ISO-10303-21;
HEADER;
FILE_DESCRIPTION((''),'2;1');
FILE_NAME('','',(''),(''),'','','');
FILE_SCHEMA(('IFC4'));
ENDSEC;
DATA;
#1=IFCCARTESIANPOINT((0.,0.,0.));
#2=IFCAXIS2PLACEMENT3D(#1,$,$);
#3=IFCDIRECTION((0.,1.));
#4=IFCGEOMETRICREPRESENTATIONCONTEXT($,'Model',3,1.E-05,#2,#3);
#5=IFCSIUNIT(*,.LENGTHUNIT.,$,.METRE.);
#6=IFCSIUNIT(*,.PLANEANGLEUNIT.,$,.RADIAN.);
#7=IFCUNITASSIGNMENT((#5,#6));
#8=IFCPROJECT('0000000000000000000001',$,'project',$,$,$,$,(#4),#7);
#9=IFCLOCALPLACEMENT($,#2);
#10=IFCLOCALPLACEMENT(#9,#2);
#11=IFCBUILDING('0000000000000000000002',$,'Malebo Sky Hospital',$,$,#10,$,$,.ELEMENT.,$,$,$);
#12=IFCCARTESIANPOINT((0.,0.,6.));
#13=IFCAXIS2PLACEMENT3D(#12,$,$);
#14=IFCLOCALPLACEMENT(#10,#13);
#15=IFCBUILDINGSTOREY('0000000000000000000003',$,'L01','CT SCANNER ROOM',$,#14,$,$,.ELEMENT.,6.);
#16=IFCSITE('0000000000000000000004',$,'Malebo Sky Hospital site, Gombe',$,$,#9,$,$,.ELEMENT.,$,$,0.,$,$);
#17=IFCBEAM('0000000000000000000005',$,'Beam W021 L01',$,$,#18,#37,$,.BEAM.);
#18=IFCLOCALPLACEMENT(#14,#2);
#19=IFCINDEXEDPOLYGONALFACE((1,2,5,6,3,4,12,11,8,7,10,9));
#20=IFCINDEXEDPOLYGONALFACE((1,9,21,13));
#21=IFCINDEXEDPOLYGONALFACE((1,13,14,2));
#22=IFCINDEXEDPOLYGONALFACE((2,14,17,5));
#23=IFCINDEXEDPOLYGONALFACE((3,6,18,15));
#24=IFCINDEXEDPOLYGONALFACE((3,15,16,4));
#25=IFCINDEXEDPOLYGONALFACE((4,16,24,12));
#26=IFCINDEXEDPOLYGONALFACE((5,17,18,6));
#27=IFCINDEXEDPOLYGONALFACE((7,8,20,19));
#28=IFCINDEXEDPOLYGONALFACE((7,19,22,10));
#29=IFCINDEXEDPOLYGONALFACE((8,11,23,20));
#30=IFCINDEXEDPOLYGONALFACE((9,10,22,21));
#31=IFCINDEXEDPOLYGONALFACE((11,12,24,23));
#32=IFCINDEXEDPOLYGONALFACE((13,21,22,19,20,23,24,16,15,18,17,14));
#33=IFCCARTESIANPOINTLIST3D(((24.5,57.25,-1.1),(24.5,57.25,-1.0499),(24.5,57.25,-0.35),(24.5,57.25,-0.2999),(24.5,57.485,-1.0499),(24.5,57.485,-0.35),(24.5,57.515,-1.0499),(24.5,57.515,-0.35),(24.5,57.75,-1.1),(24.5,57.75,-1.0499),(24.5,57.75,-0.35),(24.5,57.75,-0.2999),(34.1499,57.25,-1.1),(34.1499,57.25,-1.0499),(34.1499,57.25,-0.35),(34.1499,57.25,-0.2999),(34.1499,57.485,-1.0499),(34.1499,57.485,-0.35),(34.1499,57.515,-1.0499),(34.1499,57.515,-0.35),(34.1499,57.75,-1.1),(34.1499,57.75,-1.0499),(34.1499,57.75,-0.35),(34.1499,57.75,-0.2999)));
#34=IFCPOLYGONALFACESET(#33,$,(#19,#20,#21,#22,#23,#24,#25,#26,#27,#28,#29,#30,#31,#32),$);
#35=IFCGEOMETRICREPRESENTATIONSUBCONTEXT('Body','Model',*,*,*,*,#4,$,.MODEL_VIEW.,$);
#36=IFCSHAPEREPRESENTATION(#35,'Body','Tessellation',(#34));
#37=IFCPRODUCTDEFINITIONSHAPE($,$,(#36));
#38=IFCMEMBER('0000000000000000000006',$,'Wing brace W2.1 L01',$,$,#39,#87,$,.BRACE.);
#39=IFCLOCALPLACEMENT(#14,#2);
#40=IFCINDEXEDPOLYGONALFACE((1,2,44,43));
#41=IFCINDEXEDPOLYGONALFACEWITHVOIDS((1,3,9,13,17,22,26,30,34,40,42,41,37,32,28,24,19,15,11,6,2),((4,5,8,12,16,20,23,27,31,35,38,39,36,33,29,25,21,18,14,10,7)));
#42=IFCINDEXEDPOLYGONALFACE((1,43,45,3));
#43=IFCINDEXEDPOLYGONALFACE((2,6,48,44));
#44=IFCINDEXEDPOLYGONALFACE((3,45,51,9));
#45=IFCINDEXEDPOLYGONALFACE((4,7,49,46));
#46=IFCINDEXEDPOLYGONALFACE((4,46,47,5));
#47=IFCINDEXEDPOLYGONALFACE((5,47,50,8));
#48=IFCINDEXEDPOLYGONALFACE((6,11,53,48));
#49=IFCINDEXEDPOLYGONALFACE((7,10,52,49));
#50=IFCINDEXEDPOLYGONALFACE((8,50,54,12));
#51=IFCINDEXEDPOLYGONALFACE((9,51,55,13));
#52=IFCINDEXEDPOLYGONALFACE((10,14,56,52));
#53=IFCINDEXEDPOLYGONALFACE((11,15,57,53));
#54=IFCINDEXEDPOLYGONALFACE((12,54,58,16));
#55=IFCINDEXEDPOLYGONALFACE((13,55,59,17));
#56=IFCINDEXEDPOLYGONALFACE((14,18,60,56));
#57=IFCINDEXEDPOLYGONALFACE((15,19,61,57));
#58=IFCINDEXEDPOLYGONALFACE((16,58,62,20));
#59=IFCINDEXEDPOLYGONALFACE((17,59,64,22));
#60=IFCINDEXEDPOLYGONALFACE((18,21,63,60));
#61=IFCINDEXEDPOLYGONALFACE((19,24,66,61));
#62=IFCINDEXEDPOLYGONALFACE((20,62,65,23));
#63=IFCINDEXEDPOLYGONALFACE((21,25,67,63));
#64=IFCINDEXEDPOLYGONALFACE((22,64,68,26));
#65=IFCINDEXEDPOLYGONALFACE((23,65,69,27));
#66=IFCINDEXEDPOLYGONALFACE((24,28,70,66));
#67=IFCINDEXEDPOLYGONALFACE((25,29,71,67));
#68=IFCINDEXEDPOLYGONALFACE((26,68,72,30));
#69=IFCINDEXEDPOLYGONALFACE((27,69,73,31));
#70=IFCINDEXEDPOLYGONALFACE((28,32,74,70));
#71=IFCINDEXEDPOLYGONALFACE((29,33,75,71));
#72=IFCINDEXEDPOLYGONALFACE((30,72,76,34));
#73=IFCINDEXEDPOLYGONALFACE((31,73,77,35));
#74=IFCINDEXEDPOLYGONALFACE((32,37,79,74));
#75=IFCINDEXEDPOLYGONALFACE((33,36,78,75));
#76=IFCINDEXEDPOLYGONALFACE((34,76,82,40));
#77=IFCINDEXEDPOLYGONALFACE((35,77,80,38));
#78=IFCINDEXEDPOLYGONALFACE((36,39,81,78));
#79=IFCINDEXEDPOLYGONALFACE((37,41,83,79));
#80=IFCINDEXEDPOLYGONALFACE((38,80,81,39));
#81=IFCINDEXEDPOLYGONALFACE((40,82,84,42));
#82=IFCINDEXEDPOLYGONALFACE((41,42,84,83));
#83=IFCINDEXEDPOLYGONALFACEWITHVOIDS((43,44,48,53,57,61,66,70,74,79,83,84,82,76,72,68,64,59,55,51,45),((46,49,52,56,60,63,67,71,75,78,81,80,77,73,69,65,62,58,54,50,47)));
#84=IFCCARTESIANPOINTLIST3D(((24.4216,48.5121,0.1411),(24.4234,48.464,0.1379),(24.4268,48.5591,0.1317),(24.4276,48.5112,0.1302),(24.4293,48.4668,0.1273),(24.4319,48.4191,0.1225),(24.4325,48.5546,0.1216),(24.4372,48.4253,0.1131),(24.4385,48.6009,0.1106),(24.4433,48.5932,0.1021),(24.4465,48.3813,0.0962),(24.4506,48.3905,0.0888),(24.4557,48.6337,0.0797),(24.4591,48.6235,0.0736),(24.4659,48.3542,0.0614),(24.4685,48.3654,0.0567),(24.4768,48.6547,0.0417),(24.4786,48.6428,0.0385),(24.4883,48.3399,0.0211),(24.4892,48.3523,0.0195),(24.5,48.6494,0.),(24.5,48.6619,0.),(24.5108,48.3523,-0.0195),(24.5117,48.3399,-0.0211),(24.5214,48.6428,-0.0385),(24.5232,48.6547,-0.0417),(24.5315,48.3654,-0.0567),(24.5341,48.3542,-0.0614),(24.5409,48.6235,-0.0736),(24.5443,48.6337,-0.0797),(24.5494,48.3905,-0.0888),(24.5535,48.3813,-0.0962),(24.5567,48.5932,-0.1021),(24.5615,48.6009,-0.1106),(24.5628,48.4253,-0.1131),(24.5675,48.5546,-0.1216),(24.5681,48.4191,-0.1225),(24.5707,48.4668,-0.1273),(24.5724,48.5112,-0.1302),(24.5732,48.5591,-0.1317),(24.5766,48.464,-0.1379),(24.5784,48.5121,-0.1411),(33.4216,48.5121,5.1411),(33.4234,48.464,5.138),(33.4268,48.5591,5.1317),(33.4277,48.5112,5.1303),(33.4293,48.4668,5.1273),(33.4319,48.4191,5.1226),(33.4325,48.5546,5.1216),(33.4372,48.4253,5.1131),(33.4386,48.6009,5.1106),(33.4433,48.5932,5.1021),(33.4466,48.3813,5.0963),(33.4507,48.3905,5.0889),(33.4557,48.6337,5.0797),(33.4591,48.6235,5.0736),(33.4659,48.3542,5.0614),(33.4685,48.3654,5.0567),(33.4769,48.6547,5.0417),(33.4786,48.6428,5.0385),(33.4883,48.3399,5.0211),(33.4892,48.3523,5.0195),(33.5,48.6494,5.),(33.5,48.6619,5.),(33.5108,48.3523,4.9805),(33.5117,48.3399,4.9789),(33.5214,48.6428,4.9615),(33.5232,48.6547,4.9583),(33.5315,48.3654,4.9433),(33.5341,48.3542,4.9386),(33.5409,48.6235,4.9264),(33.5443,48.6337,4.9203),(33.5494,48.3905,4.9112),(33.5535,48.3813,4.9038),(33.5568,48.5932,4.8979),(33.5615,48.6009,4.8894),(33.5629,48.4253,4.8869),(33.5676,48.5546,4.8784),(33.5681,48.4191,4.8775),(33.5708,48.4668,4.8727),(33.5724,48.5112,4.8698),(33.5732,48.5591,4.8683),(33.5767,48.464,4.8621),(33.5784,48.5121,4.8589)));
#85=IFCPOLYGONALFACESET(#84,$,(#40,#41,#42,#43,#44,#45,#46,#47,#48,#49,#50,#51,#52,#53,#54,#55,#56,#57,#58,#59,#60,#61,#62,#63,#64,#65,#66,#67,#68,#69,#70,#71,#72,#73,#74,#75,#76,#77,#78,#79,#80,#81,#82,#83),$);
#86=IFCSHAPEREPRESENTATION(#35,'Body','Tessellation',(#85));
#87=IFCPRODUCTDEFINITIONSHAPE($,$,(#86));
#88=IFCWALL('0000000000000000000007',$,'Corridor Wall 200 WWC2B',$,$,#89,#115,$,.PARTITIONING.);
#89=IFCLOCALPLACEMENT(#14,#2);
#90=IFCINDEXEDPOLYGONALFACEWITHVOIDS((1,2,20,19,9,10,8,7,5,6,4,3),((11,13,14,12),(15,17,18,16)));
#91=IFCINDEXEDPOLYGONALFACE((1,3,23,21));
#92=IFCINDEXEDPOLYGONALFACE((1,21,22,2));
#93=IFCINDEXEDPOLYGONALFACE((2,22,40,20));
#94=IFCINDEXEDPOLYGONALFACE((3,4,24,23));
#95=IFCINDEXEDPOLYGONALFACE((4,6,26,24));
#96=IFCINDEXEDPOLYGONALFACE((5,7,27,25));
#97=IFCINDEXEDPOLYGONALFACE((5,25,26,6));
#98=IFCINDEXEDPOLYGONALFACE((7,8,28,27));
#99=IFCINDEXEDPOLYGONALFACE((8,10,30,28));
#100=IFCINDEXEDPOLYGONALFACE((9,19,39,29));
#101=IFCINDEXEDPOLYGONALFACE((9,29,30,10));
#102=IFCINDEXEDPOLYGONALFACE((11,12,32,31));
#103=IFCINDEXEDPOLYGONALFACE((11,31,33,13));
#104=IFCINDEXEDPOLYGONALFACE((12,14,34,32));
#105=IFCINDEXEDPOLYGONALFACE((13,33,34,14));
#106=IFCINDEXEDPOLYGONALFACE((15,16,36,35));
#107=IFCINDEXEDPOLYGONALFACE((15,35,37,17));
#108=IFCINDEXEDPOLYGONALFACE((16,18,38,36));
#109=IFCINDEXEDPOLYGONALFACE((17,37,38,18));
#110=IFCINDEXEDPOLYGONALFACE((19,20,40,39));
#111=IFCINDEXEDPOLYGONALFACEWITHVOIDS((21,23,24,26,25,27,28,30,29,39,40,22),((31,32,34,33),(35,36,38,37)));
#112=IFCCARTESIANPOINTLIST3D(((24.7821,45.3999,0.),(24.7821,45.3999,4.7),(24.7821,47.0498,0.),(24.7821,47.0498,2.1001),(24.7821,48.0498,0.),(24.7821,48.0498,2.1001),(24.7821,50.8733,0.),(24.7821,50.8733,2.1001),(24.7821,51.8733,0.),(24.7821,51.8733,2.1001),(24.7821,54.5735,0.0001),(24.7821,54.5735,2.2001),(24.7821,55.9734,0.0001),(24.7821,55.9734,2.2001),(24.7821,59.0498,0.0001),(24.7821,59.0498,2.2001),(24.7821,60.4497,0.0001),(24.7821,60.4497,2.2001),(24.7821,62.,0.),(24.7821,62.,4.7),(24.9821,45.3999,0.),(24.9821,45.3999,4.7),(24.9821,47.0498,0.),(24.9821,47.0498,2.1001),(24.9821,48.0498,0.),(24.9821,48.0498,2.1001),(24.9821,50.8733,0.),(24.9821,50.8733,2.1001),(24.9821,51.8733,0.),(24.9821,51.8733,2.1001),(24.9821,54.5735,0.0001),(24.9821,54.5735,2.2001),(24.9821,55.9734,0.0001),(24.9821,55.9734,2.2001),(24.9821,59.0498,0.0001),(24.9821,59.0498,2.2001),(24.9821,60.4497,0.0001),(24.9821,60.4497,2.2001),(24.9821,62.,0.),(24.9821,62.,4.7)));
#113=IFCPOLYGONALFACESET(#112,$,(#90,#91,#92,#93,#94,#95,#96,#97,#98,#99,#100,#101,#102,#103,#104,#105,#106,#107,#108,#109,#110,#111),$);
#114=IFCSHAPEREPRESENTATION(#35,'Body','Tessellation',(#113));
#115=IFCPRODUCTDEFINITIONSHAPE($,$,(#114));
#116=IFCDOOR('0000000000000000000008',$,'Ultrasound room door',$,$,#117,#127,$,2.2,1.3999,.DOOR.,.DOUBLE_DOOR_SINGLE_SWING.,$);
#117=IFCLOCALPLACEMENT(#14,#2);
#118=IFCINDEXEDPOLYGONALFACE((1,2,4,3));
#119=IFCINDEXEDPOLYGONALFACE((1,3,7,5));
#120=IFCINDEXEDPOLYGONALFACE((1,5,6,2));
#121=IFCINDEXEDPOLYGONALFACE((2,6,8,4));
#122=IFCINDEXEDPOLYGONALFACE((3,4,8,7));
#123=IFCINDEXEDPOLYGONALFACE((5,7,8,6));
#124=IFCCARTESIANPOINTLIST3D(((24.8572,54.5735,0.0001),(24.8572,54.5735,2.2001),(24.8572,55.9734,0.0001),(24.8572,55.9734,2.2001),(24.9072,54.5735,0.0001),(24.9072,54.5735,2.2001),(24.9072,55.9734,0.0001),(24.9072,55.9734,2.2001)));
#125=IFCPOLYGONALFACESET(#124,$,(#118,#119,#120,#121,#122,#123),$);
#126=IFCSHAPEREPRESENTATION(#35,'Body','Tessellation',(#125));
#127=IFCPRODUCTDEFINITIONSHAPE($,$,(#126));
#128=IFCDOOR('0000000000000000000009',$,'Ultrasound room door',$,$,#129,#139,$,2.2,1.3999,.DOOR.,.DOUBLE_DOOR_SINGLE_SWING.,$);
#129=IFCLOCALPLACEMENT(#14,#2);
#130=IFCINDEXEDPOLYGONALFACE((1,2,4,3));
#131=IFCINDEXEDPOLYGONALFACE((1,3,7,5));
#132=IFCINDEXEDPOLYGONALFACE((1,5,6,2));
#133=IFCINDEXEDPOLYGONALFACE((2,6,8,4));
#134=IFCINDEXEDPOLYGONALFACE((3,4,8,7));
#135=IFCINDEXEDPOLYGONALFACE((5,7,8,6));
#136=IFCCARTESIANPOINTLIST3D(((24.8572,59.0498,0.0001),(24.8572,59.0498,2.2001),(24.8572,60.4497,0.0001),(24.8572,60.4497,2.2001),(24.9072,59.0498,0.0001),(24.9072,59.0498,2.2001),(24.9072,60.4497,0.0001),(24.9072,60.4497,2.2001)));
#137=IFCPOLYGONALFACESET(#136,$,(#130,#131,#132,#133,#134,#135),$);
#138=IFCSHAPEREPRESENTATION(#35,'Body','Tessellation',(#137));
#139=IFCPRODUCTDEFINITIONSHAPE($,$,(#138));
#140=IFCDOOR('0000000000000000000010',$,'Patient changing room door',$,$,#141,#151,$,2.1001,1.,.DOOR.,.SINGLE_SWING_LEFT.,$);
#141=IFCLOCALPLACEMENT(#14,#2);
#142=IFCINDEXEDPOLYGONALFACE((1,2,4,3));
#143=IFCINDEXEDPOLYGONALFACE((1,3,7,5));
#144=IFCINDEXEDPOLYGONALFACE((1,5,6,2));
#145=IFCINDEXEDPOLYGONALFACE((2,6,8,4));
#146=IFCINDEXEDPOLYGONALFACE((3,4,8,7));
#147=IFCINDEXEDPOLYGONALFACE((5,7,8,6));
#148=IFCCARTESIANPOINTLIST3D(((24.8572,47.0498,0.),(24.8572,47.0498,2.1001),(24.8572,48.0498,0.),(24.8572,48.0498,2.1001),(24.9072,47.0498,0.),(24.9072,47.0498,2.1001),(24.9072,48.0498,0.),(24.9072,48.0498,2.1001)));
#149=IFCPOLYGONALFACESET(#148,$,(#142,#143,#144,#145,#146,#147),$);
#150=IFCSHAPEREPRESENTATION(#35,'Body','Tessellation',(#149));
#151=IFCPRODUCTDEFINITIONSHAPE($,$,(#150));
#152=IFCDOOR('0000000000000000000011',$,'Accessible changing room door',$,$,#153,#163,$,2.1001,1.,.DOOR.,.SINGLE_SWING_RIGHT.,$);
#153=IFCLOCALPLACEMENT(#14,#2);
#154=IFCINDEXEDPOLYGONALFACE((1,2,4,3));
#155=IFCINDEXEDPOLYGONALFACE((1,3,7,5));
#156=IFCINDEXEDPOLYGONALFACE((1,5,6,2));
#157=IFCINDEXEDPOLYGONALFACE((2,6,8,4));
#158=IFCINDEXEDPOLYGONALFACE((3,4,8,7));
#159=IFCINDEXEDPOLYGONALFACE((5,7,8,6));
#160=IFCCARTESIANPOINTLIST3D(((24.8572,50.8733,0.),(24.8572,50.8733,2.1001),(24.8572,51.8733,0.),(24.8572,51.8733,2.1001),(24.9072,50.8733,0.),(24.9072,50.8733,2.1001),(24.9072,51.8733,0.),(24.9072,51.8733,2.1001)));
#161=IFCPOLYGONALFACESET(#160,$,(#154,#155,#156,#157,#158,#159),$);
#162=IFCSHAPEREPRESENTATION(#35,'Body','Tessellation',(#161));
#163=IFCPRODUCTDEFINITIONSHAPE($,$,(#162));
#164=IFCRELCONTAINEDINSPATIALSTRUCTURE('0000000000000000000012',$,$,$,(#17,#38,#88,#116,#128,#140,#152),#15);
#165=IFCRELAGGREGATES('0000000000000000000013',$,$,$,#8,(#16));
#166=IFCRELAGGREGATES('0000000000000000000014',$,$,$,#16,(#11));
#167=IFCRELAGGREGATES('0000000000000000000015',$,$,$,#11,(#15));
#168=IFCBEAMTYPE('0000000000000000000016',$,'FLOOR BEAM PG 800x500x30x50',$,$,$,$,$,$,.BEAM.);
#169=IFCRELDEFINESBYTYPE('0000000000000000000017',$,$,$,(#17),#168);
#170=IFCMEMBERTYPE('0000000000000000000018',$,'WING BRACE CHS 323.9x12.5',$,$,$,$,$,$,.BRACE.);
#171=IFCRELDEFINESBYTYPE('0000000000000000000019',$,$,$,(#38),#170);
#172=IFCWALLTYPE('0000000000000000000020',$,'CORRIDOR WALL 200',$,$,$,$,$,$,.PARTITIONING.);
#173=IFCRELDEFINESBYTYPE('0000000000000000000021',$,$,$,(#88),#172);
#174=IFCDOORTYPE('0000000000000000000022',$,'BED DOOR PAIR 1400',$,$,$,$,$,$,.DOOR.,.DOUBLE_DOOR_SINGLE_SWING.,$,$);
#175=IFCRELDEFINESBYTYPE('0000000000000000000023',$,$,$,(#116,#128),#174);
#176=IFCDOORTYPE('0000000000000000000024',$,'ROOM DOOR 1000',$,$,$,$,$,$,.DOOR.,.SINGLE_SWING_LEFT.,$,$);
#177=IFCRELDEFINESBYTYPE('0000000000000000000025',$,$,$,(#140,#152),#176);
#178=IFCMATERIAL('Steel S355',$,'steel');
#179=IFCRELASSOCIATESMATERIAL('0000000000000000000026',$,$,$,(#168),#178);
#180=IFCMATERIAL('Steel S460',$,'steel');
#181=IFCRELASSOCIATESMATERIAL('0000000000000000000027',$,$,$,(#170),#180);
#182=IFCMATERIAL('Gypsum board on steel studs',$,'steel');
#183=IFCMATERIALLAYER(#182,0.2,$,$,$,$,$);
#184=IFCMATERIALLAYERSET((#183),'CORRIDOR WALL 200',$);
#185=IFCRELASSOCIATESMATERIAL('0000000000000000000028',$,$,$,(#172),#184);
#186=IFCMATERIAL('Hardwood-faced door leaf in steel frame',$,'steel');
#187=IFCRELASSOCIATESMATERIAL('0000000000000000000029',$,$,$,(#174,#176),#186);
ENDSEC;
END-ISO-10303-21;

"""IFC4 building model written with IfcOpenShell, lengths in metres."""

from ifc_helpers import new_model, si_unit, direction, frame, frame_2d, origin, origin_2d, place, context, subcontext, project, spatial, rectangle, hollow_circle, i_section, extrude, material, layer, layer_set, material_profile, profile_set, type_object, element, fill, save


model = new_model("IFC4")

# Units and contexts
model_context = context("Model", 3, precision=1e-05, world=origin(), true_north=direction((0.0, 1.0)))
body_context = subcontext(model_context, "Body", "Model", "MODEL_VIEW")
ifc_project = project(units=[si_unit("LENGTHUNIT", "METRE"), si_unit("PLANEANGLEUNIT", "RADIAN")], contexts=[model_context])

# Site, building, storey
site_placement = place(None, origin())
site = spatial("IfcSite", under=ifc_project, at=site_placement, Name="Malebo Sky Hospital site, Gombe", CompositionType="ELEMENT", RefElevation=0.0)
building_placement = place(site_placement, origin())
building = spatial("IfcBuilding", under=site, at=building_placement, Name="Malebo Sky Hospital", CompositionType="ELEMENT")
storey_placement = place(building_placement, frame((0.0, 0.0, 6.0)))
storey = spatial("IfcBuildingStorey", under=building, at=storey_placement, Name="L01", Description="CT SCANNER ROOM", CompositionType="ELEMENT", Elevation=6.0)

# Shared definitions
ifc_material_1 = material(Name="Steel S355", Category="steel")

# Beam
ifc_material_profile_1 = material_profile(ifc_material_1, i_section(OverallWidth=0.5, OverallDepth=0.8, WebThickness=0.03, FlangeThickness=0.05, at=origin_2d()), Name="PG 800x500x30x50")
ifc_profile_set_1 = profile_set([ifc_material_profile_1], Name="Steel S355")
beam_type = type_object("IfcBeamType", Name="FLOOR BEAM PG 800x500x30x50", PredefinedType="BEAM", material=ifc_profile_set_1)
beam_1_placement = place(storey_placement, frame((24.5, 57.5, -0.7), z_axis=(1.0, 0.0, 0.0), x_axis=(0.0, 1.0, 0.0)))
element("IfcBeam", 1, at=beam_1_placement, inside=storey, type_object=beam_type, Name="Beam W021 L01", PredefinedType="BEAM", context=body_context, shape_type="SweptSolid", body=[
    extrude(i_section(OverallWidth=0.5, OverallDepth=0.8, WebThickness=0.03, FlangeThickness=0.05, at=origin_2d()), origin(), (0.0, 0.0, 1.0), 9.6499),
])

# Member
ifc_material_2 = material(Name="Steel S460", Category="steel")
ifc_material_profile_2 = material_profile(ifc_material_2, hollow_circle(Radius=0.1619, WallThickness=0.0125, at=origin_2d()), Name="CHS 323.9x12.5")
ifc_profile_set_2 = profile_set([ifc_material_profile_2], Name="Steel S460")
member_type = type_object("IfcMemberType", Name="WING BRACE CHS 323.9x12.5", PredefinedType="BRACE", material=ifc_profile_set_2)
member_placement = place(storey_placement, frame((24.5, 48.5, 0.0), z_axis=(0.874157, 0.0, 0.485643), x_axis=(0.0, 1.0, 0.0)))
element("IfcMember", 2, at=member_placement, inside=storey, type_object=member_type, Name="Wing brace W2.1 L01", PredefinedType="BRACE", context=body_context, shape_type="SweptSolid", body=[
    extrude(hollow_circle(Radius=0.1619, WallThickness=0.0125, at=origin_2d()), origin(), (0.0, 0.0, 1.0), 10.2957),
])

# Wall, openings, doors
ifc_material_3 = material(Name="Gypsum board on steel studs", Category="steel")
ifc_layer_1 = layer(ifc_material_3, 0.2)
ifc_layer_set_1 = layer_set([ifc_layer_1], Name="CORRIDOR WALL 200")
wall_type_1 = type_object("IfcWallType", Name="CORRIDOR WALL 200", PredefinedType="PARTITIONING", material=ifc_layer_set_1)
wall_1_placement = place(storey_placement, frame((24.8821, 45.3999, 0.0), z_axis=(0.0, 0.0, 1.0), x_axis=(0.0, 1.0, 0.0)))
wall_1 = element("IfcWall", 3, at=wall_1_placement, inside=storey, type_object=wall_type_1, Name="Corridor Wall 200 WWC2B", PredefinedType="PARTITIONING", context=body_context, shape_type="SweptSolid", body=[
    extrude(rectangle(XDim=16.6001, YDim=0.2, at=frame_2d((8.3, 0.0))), origin(), (0.0, 0.0, 1.0), 4.7),
])
opening_1_placement = place(wall_1_placement, frame((1.6499, 0.0, 0.0)))
opening_1 = element("IfcOpeningElement", 4, at=opening_1_placement, cuts=wall_1, PredefinedType="OPENING", context=body_context, shape_type="SweptSolid", body=[
    extrude(rectangle(XDim=1.0, YDim=2.1001, at=frame_2d((0.5, 1.05))), frame((0.0, 0.1099, 0.0), z_axis=(0.0, -1.0, 0.0), x_axis=(1.0, 0.0, 0.0)), (0.0, 0.0, 1.0), 0.22),
])
opening_2_placement = place(wall_1_placement, frame((5.4734, 0.0, 0.0)))
opening_2 = element("IfcOpeningElement", 5, at=opening_2_placement, cuts=wall_1, PredefinedType="OPENING", context=body_context, shape_type="SweptSolid", body=[
    extrude(rectangle(XDim=1.0, YDim=2.1001, at=frame_2d((0.5, 1.05))), frame((0.0, 0.1099, 0.0), z_axis=(0.0, -1.0, 0.0), x_axis=(1.0, 0.0, 0.0)), (0.0, 0.0, 1.0), 0.22),
])
opening_3_placement = place(wall_1_placement, frame((9.1736, 0.0, 0.0)))
opening_3 = element("IfcOpeningElement", 6, at=opening_3_placement, cuts=wall_1, PredefinedType="OPENING", context=body_context, shape_type="SweptSolid", body=[
    extrude(rectangle(XDim=1.3999, YDim=2.2, at=frame_2d((0.7, 1.1001))), frame((0.0, 0.1099, 0.0), z_axis=(0.0, -1.0, 0.0), x_axis=(1.0, 0.0, 0.0)), (0.0, 0.0, 1.0), 0.22),
])
opening_4_placement = place(wall_1_placement, frame((13.6499, 0.0, 0.0)))
opening_4 = element("IfcOpeningElement", 7, at=opening_4_placement, cuts=wall_1, PredefinedType="OPENING", context=body_context, shape_type="SweptSolid", body=[
    extrude(rectangle(XDim=1.3999, YDim=2.2, at=frame_2d((0.7, 1.1001))), frame((0.0, 0.1099, 0.0), z_axis=(0.0, -1.0, 0.0), x_axis=(1.0, 0.0, 0.0)), (0.0, 0.0, 1.0), 0.22),
])
ifc_material_4 = material(Name="Hardwood-faced door leaf in steel frame", Category="steel")
door_type_1 = type_object("IfcDoorType", Name="BED DOOR PAIR 1400", OperationType="DOUBLE_DOOR_SINGLE_SWING", PredefinedType="DOOR", material=ifc_material_4)
door_1_placement = place(opening_3_placement, origin())
door_1 = element("IfcDoor", 8, at=door_1_placement, inside=storey, type_object=door_type_1, Name="Ultrasound room door", OperationType="DOUBLE_DOOR_SINGLE_SWING", OverallHeight=2.2, OverallWidth=1.3999, PredefinedType="DOOR", context=body_context, shape_type="SweptSolid", body=[
    extrude(rectangle(XDim=1.3999, YDim=2.2, at=frame_2d((0.7, 1.1001))), frame((0.0, 0.0249, 0.0), z_axis=(0.0, -1.0, 0.0), x_axis=(1.0, 0.0, 0.0)), (0.0, 0.0, 1.0), 0.05),
])
fill(opening_3, door_1)
door_2_placement = place(opening_4_placement, origin())
door_2 = element("IfcDoor", 9, at=door_2_placement, inside=storey, type_object=door_type_1, Name="Ultrasound room door", OperationType="DOUBLE_DOOR_SINGLE_SWING", OverallHeight=2.2, OverallWidth=1.3999, PredefinedType="DOOR", context=body_context, shape_type="SweptSolid", body=[
    extrude(rectangle(XDim=1.3999, YDim=2.2, at=frame_2d((0.7, 1.1001))), frame((0.0, 0.0249, 0.0), z_axis=(0.0, -1.0, 0.0), x_axis=(1.0, 0.0, 0.0)), (0.0, 0.0, 1.0), 0.05),
])
fill(opening_4, door_2)
door_type_2 = type_object("IfcDoorType", Name="ROOM DOOR 1000", OperationType="SINGLE_SWING_LEFT", PredefinedType="DOOR", material=ifc_material_4)
door_3_placement = place(opening_1_placement, origin())
door_3 = element("IfcDoor", 10, at=door_3_placement, inside=storey, type_object=door_type_2, Name="Patient changing room door", OperationType="SINGLE_SWING_LEFT", OverallHeight=2.1001, OverallWidth=1.0, PredefinedType="DOOR", context=body_context, shape_type="SweptSolid", body=[
    extrude(rectangle(XDim=1.0, YDim=2.1001, at=frame_2d((0.5, 1.05))), frame((0.0, 0.0249, 0.0), z_axis=(0.0, -1.0, 0.0), x_axis=(1.0, 0.0, 0.0)), (0.0, 0.0, 1.0), 0.05),
])
fill(opening_1, door_3)
door_4_placement = place(opening_2_placement, origin())
door_4 = element("IfcDoor", 11, at=door_4_placement, inside=storey, type_object=door_type_2, Name="Accessible changing room door", OperationType="SINGLE_SWING_RIGHT", OverallHeight=2.1001, OverallWidth=1.0, PredefinedType="DOOR", context=body_context, shape_type="SweptSolid", body=[
    extrude(rectangle(XDim=1.0, YDim=2.1001, at=frame_2d((0.5, 1.05))), frame((0.0, 0.0249, 0.0), z_axis=(0.0, -1.0, 0.0), x_axis=(1.0, 0.0, 0.0)), (0.0, 0.0, 1.0), 0.05),
])
fill(opening_2, door_4)

save(model, "model.ifc")
